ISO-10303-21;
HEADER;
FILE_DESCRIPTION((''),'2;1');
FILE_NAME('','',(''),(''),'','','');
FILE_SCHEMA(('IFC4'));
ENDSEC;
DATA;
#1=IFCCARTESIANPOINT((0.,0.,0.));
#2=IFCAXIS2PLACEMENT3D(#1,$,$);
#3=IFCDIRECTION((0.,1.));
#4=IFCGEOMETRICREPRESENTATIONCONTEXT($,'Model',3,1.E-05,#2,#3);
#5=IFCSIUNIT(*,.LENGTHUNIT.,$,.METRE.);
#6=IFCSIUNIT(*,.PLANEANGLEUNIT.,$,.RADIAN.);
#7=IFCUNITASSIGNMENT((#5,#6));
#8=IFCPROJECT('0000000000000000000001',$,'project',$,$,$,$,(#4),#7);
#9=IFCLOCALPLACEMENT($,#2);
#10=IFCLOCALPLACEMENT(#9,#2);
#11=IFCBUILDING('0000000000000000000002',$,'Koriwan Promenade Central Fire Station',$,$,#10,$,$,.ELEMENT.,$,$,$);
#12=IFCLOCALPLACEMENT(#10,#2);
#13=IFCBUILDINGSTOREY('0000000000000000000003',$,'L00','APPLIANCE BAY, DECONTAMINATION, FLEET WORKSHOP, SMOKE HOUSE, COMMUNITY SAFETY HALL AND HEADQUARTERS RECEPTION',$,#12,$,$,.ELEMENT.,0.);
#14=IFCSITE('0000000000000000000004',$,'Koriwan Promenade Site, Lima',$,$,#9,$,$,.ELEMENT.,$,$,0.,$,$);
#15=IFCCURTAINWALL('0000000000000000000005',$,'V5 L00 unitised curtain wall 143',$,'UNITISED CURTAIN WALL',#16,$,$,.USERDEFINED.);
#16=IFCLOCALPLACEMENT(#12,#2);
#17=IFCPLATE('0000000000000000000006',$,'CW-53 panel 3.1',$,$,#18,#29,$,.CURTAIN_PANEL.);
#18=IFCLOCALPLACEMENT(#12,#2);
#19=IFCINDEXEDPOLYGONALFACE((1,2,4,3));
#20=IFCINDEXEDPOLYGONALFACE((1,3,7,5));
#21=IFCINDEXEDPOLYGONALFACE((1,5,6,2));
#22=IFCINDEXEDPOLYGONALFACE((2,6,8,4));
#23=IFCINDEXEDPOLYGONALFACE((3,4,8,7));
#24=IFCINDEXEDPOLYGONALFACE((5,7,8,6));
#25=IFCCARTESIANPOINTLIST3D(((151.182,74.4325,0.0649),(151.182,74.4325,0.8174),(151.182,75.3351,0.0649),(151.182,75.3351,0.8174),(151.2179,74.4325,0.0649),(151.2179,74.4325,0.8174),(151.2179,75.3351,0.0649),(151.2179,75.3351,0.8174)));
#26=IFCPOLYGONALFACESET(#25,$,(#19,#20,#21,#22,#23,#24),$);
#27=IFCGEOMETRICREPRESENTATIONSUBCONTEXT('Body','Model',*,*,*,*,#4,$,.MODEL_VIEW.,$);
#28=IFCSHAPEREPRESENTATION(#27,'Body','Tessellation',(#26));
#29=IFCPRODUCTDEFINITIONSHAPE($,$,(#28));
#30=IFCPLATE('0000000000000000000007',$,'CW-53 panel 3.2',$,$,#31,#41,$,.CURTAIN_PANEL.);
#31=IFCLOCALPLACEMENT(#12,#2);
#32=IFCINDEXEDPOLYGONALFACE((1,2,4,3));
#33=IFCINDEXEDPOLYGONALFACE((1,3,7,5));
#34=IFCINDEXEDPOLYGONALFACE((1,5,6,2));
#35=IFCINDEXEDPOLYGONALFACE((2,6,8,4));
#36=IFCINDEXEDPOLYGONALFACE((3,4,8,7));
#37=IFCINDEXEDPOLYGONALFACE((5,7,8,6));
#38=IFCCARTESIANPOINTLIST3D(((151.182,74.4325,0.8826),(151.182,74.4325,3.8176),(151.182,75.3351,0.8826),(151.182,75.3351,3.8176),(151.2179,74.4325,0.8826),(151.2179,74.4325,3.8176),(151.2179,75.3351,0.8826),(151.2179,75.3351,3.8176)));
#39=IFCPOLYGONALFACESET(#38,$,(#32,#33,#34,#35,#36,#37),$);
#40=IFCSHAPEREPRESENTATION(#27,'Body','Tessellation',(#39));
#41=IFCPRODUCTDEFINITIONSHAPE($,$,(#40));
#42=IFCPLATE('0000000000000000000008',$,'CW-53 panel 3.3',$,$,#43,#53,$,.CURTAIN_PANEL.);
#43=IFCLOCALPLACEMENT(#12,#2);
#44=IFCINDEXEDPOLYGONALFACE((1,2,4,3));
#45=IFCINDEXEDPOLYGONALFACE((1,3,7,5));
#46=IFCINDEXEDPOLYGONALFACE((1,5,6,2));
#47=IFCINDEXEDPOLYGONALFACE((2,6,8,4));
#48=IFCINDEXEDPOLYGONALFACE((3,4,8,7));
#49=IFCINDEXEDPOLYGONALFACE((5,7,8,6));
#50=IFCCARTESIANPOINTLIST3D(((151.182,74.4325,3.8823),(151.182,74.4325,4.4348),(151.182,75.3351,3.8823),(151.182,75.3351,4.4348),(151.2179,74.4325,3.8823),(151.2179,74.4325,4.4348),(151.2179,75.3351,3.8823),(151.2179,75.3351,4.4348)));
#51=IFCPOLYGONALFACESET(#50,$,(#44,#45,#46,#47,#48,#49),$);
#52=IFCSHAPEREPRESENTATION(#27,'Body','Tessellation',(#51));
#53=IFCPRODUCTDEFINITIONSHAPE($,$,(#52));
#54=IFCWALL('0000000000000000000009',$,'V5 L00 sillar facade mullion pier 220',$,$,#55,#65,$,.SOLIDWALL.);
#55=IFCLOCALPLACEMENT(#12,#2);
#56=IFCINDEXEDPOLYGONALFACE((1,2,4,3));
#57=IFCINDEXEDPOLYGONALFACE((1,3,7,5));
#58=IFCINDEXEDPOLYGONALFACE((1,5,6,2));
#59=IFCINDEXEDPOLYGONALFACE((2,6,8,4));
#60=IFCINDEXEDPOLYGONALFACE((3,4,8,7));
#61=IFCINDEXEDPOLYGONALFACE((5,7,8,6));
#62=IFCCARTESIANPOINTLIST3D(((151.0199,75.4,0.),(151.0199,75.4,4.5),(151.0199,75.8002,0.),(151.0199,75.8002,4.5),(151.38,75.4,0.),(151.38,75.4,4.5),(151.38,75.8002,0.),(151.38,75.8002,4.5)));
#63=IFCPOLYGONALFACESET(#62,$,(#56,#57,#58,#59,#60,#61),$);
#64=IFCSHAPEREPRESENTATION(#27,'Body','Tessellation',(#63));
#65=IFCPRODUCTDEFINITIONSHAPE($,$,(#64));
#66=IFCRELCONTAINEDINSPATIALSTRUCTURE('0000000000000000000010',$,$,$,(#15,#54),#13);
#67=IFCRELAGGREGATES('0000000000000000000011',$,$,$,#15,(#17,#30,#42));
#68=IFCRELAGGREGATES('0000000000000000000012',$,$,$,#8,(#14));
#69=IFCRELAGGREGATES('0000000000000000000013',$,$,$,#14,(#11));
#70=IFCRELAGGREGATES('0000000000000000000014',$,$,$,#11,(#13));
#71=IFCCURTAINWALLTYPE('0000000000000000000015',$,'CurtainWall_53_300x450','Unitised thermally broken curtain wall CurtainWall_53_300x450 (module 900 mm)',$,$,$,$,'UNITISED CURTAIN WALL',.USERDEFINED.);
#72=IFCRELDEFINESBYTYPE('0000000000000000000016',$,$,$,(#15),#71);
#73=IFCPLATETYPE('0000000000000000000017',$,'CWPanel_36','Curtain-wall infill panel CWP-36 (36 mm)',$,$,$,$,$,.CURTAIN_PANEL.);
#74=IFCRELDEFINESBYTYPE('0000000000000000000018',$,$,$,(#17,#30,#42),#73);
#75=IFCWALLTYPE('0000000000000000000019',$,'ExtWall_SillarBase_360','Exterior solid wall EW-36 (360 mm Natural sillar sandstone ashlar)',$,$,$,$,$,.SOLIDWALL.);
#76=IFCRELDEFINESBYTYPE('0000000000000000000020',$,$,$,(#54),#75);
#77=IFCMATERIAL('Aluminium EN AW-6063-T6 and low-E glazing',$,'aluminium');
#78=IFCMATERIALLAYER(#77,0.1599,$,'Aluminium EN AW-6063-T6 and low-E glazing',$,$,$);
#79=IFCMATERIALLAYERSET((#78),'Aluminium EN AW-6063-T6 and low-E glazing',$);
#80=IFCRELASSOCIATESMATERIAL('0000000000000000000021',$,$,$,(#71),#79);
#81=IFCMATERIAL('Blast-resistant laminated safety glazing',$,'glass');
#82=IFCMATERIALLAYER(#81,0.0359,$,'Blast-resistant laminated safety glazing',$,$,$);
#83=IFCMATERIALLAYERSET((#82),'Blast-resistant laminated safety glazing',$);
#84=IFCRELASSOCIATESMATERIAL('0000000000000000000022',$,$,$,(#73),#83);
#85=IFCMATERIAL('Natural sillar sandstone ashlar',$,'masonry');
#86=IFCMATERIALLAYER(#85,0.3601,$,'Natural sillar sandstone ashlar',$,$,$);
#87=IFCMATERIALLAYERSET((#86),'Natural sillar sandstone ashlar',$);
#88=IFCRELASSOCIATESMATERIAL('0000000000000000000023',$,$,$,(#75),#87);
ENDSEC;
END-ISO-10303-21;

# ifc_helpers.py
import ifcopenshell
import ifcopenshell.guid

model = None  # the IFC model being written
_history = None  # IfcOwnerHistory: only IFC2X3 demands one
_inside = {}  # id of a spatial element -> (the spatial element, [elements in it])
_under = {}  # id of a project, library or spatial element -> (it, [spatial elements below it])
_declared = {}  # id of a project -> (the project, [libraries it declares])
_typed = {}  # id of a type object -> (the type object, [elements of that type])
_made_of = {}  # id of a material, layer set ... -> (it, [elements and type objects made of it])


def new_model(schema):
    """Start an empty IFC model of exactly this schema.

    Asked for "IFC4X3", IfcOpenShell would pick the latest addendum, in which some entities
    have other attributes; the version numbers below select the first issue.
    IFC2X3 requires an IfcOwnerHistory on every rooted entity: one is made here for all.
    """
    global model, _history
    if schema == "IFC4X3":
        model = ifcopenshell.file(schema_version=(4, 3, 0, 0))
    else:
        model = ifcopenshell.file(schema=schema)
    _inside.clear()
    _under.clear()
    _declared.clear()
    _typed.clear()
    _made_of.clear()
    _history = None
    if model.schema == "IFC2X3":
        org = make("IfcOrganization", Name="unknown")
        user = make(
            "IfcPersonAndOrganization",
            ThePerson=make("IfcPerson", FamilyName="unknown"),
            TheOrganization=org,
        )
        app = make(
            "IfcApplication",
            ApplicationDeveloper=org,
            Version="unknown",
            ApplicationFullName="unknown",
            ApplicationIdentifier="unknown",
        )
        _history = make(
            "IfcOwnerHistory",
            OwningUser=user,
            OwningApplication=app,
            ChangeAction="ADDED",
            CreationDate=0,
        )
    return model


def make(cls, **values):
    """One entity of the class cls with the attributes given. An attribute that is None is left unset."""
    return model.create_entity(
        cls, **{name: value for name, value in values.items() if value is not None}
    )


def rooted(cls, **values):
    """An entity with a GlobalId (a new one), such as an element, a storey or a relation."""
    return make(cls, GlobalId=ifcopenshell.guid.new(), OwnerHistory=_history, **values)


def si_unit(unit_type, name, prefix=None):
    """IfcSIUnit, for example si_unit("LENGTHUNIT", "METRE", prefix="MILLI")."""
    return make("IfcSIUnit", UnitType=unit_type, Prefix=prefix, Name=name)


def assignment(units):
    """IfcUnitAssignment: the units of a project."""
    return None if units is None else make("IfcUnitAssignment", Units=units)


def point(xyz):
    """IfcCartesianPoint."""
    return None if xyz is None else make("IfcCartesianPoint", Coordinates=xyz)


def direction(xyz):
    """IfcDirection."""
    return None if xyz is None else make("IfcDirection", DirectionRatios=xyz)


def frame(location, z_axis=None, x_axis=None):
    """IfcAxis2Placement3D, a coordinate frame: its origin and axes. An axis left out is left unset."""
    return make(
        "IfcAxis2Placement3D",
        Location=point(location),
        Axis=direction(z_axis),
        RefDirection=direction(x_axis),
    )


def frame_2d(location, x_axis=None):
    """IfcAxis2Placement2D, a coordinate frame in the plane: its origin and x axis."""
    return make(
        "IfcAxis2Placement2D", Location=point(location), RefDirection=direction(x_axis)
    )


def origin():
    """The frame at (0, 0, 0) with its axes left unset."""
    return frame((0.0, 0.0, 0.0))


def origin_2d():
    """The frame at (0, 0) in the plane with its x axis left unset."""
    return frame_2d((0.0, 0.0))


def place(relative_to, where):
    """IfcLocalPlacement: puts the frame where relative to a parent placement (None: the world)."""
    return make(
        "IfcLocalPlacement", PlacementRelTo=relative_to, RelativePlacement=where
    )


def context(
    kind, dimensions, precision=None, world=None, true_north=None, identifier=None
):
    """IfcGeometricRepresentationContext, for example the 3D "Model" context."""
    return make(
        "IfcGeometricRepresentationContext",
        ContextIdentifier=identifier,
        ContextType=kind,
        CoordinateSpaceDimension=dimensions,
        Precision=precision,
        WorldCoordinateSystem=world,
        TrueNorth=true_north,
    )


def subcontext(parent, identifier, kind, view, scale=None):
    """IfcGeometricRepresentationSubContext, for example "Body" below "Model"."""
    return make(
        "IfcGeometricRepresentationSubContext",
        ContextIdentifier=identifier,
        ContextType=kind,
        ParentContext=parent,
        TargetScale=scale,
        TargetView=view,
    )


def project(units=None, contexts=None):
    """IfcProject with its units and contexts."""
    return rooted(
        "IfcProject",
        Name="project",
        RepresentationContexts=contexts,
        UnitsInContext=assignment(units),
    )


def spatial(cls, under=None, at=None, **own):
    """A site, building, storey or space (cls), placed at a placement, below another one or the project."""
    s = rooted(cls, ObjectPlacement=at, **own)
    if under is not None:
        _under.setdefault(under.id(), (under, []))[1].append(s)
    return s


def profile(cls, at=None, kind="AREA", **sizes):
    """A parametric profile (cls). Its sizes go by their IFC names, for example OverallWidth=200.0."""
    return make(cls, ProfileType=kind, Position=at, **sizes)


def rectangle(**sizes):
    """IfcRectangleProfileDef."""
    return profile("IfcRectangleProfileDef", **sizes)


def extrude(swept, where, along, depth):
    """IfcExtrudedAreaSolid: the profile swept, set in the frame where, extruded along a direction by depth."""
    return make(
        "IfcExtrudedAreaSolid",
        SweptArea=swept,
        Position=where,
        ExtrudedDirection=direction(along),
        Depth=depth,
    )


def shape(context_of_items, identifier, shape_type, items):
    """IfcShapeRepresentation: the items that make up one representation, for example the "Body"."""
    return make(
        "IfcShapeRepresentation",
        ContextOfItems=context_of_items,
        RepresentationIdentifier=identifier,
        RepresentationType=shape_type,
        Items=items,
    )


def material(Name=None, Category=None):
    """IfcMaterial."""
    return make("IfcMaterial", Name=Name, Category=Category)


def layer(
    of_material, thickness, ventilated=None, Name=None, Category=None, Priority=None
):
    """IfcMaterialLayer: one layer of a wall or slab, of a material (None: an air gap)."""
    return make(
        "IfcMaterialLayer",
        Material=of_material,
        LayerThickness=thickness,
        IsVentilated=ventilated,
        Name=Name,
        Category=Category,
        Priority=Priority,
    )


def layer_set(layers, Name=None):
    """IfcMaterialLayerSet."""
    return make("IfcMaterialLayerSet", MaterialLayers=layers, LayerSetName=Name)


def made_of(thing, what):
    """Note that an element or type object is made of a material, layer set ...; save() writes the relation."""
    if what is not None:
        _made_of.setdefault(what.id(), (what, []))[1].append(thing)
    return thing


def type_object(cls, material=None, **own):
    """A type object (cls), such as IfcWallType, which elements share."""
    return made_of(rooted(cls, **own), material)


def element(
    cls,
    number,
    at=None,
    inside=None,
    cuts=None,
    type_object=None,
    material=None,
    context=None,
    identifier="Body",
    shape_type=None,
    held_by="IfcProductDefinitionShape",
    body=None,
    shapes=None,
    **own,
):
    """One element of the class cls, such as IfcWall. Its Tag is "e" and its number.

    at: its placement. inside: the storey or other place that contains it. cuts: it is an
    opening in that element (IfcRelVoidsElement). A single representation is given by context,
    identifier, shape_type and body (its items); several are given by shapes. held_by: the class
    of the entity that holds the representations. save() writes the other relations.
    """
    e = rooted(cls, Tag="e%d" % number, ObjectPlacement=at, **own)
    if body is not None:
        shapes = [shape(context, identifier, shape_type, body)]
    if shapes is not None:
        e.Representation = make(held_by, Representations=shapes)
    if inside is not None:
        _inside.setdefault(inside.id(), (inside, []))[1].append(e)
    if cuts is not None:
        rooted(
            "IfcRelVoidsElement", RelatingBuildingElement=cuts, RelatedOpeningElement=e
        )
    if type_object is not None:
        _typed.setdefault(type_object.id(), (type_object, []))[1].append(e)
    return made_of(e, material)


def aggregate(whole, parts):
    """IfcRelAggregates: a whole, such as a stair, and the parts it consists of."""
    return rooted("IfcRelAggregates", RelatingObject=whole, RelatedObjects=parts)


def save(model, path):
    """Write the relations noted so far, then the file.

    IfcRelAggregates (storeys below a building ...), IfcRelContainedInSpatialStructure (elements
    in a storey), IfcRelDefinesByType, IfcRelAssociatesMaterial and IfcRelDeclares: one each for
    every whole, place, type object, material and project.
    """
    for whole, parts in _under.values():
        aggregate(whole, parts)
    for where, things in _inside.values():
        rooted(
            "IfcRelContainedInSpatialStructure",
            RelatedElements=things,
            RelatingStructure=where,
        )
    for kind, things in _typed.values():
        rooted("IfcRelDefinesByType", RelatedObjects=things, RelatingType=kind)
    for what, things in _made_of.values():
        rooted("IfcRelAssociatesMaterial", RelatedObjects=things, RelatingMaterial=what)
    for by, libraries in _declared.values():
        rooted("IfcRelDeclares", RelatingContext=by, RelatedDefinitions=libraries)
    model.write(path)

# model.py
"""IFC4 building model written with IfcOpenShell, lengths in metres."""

from ifc_helpers import new_model, si_unit, direction, frame, frame_2d, origin, origin_2d, place, context, subcontext, project, spatial, rectangle, extrude, material, layer, layer_set, type_object, element, aggregate, save


model = new_model("IFC4")

# Units and contexts
model_context = context("Model", 3, precision=1e-05, world=origin(), true_north=direction((0.0, 1.0)))
body_context = subcontext(model_context, "Body", "Model", "MODEL_VIEW")
ifc_project = project(units=[si_unit("LENGTHUNIT", "METRE"), si_unit("PLANEANGLEUNIT", "RADIAN")], contexts=[model_context])

# Site, building, storey
site_placement = place(None, origin())
site = spatial("IfcSite", under=ifc_project, at=site_placement, Name="Koriwan Promenade Site, Lima", CompositionType="ELEMENT", RefElevation=0.0)
building_placement = place(site_placement, origin())
building = spatial("IfcBuilding", under=site, at=building_placement, Name="Koriwan Promenade Central Fire Station", CompositionType="ELEMENT")
storey_placement = place(building_placement, origin())
storey = spatial("IfcBuildingStorey", under=building, at=storey_placement, Name="L00", Description="APPLIANCE BAY, DECONTAMINATION, FLEET WORKSHOP, SMOKE HOUSE, COMMUNITY SAFETY HALL AND HEADQUARTERS RECEPTION", CompositionType="ELEMENT", Elevation=0.0)

# Curtain wall
ifc_material_1 = material(Name="Aluminium EN AW-6063-T6 and low-E glazing", Category="aluminium")
ifc_layer_1 = layer(ifc_material_1, 0.1599, Name="Aluminium EN AW-6063-T6 and low-E glazing")
ifc_layer_set_1 = layer_set([ifc_layer_1], Name="Aluminium EN AW-6063-T6 and low-E glazing")
curtain_wall_type_1 = type_object("IfcCurtainWallType", Name="CurtainWall_53_300x450", Description="Unitised thermally broken curtain wall CurtainWall_53_300x450 (module 900 mm)", ElementType="UNITISED CURTAIN WALL", PredefinedType="USERDEFINED", material=ifc_layer_set_1)
curtain_wall_1_placement = place(storey_placement, origin())
curtain_wall_1 = element("IfcCurtainWall", 1, at=curtain_wall_1_placement, inside=storey, type_object=curtain_wall_type_1, Name="V5 L00 unitised curtain wall 143", ObjectType="UNITISED CURTAIN WALL", PredefinedType="USERDEFINED")

# Plates
ifc_material_2 = material(Name="Blast-resistant laminated safety glazing", Category="glass")
ifc_layer_2 = layer(ifc_material_2, 0.0359, Name="Blast-resistant laminated safety glazing")
ifc_layer_set_2 = layer_set([ifc_layer_2], Name="Blast-resistant laminated safety glazing")
plate_type = type_object("IfcPlateType", Name="CWPanel_36", Description="Curtain-wall infill panel CWP-36 (36 mm)", PredefinedType="CURTAIN_PANEL", material=ifc_layer_set_2)
plate_1_placement = place(storey_placement, frame((151.2, 74.8838, 0.0649), z_axis=(0.0, 0.0, 1.0), x_axis=(0.0, 1.0, 0.0)))
plate_1 = element("IfcPlate", 2, at=plate_1_placement, type_object=plate_type, Name="CW-53 panel 3.1", PredefinedType="CURTAIN_PANEL", context=body_context, shape_type="SweptSolid", body=[
    extrude(rectangle(XDim=0.9026, YDim=0.0359, at=origin_2d()), origin(), (0.0, 0.0, 1.0), 0.7524),
])
plate_2_placement = place(storey_placement, frame((151.2, 74.8838, 0.8826), z_axis=(0.0, 0.0, 1.0), x_axis=(0.0, 1.0, 0.0)))
plate_2 = element("IfcPlate", 3, at=plate_2_placement, type_object=plate_type, Name="CW-53 panel 3.2", PredefinedType="CURTAIN_PANEL", context=body_context, shape_type="SweptSolid", body=[
    extrude(rectangle(XDim=0.9026, YDim=0.0359, at=origin_2d()), origin(), (0.0, 0.0, 1.0), 2.9351),
])
plate_3_placement = place(storey_placement, frame((151.2, 74.8838, 3.8823), z_axis=(0.0, 0.0, 1.0), x_axis=(0.0, 1.0, 0.0)))
plate_3 = element("IfcPlate", 4, at=plate_3_placement, type_object=plate_type, Name="CW-53 panel 3.3", PredefinedType="CURTAIN_PANEL", context=body_context, shape_type="SweptSolid", body=[
    extrude(rectangle(XDim=0.9026, YDim=0.0359, at=origin_2d()), origin(), (0.0, 0.0, 1.0), 0.5525),
])
aggregate(curtain_wall_1, [plate_1, plate_2, plate_3])

# Wall
ifc_material_3 = material(Name="Natural sillar sandstone ashlar", Category="masonry")
ifc_layer_3 = layer(ifc_material_3, 0.3601, Name="Natural sillar sandstone ashlar")
ifc_layer_set_3 = layer_set([ifc_layer_3], Name="Natural sillar sandstone ashlar")
wall_type = type_object("IfcWallType", Name="ExtWall_SillarBase_360", Description="Exterior solid wall EW-36 (360 mm Natural sillar sandstone ashlar)", PredefinedType="SOLIDWALL", material=ifc_layer_set_3)
wall_placement = place(storey_placement, frame((151.2, 75.3999, 0.0), z_axis=(0.0, 0.0, 1.0), x_axis=(0.0, 1.0, 0.0)))
element("IfcWall", 5, at=wall_placement, inside=storey, type_object=wall_type, Name="V5 L00 sillar facade mullion pier 220", PredefinedType="SOLIDWALL", context=body_context, shape_type="SweptSolid", body=[
    extrude(rectangle(XDim=0.4001, YDim=0.3601, at=frame_2d((0.2002, 0.0))), origin(), (0.0, 0.0, 1.0), 4.5),
])

save(model, "model.ifc")
